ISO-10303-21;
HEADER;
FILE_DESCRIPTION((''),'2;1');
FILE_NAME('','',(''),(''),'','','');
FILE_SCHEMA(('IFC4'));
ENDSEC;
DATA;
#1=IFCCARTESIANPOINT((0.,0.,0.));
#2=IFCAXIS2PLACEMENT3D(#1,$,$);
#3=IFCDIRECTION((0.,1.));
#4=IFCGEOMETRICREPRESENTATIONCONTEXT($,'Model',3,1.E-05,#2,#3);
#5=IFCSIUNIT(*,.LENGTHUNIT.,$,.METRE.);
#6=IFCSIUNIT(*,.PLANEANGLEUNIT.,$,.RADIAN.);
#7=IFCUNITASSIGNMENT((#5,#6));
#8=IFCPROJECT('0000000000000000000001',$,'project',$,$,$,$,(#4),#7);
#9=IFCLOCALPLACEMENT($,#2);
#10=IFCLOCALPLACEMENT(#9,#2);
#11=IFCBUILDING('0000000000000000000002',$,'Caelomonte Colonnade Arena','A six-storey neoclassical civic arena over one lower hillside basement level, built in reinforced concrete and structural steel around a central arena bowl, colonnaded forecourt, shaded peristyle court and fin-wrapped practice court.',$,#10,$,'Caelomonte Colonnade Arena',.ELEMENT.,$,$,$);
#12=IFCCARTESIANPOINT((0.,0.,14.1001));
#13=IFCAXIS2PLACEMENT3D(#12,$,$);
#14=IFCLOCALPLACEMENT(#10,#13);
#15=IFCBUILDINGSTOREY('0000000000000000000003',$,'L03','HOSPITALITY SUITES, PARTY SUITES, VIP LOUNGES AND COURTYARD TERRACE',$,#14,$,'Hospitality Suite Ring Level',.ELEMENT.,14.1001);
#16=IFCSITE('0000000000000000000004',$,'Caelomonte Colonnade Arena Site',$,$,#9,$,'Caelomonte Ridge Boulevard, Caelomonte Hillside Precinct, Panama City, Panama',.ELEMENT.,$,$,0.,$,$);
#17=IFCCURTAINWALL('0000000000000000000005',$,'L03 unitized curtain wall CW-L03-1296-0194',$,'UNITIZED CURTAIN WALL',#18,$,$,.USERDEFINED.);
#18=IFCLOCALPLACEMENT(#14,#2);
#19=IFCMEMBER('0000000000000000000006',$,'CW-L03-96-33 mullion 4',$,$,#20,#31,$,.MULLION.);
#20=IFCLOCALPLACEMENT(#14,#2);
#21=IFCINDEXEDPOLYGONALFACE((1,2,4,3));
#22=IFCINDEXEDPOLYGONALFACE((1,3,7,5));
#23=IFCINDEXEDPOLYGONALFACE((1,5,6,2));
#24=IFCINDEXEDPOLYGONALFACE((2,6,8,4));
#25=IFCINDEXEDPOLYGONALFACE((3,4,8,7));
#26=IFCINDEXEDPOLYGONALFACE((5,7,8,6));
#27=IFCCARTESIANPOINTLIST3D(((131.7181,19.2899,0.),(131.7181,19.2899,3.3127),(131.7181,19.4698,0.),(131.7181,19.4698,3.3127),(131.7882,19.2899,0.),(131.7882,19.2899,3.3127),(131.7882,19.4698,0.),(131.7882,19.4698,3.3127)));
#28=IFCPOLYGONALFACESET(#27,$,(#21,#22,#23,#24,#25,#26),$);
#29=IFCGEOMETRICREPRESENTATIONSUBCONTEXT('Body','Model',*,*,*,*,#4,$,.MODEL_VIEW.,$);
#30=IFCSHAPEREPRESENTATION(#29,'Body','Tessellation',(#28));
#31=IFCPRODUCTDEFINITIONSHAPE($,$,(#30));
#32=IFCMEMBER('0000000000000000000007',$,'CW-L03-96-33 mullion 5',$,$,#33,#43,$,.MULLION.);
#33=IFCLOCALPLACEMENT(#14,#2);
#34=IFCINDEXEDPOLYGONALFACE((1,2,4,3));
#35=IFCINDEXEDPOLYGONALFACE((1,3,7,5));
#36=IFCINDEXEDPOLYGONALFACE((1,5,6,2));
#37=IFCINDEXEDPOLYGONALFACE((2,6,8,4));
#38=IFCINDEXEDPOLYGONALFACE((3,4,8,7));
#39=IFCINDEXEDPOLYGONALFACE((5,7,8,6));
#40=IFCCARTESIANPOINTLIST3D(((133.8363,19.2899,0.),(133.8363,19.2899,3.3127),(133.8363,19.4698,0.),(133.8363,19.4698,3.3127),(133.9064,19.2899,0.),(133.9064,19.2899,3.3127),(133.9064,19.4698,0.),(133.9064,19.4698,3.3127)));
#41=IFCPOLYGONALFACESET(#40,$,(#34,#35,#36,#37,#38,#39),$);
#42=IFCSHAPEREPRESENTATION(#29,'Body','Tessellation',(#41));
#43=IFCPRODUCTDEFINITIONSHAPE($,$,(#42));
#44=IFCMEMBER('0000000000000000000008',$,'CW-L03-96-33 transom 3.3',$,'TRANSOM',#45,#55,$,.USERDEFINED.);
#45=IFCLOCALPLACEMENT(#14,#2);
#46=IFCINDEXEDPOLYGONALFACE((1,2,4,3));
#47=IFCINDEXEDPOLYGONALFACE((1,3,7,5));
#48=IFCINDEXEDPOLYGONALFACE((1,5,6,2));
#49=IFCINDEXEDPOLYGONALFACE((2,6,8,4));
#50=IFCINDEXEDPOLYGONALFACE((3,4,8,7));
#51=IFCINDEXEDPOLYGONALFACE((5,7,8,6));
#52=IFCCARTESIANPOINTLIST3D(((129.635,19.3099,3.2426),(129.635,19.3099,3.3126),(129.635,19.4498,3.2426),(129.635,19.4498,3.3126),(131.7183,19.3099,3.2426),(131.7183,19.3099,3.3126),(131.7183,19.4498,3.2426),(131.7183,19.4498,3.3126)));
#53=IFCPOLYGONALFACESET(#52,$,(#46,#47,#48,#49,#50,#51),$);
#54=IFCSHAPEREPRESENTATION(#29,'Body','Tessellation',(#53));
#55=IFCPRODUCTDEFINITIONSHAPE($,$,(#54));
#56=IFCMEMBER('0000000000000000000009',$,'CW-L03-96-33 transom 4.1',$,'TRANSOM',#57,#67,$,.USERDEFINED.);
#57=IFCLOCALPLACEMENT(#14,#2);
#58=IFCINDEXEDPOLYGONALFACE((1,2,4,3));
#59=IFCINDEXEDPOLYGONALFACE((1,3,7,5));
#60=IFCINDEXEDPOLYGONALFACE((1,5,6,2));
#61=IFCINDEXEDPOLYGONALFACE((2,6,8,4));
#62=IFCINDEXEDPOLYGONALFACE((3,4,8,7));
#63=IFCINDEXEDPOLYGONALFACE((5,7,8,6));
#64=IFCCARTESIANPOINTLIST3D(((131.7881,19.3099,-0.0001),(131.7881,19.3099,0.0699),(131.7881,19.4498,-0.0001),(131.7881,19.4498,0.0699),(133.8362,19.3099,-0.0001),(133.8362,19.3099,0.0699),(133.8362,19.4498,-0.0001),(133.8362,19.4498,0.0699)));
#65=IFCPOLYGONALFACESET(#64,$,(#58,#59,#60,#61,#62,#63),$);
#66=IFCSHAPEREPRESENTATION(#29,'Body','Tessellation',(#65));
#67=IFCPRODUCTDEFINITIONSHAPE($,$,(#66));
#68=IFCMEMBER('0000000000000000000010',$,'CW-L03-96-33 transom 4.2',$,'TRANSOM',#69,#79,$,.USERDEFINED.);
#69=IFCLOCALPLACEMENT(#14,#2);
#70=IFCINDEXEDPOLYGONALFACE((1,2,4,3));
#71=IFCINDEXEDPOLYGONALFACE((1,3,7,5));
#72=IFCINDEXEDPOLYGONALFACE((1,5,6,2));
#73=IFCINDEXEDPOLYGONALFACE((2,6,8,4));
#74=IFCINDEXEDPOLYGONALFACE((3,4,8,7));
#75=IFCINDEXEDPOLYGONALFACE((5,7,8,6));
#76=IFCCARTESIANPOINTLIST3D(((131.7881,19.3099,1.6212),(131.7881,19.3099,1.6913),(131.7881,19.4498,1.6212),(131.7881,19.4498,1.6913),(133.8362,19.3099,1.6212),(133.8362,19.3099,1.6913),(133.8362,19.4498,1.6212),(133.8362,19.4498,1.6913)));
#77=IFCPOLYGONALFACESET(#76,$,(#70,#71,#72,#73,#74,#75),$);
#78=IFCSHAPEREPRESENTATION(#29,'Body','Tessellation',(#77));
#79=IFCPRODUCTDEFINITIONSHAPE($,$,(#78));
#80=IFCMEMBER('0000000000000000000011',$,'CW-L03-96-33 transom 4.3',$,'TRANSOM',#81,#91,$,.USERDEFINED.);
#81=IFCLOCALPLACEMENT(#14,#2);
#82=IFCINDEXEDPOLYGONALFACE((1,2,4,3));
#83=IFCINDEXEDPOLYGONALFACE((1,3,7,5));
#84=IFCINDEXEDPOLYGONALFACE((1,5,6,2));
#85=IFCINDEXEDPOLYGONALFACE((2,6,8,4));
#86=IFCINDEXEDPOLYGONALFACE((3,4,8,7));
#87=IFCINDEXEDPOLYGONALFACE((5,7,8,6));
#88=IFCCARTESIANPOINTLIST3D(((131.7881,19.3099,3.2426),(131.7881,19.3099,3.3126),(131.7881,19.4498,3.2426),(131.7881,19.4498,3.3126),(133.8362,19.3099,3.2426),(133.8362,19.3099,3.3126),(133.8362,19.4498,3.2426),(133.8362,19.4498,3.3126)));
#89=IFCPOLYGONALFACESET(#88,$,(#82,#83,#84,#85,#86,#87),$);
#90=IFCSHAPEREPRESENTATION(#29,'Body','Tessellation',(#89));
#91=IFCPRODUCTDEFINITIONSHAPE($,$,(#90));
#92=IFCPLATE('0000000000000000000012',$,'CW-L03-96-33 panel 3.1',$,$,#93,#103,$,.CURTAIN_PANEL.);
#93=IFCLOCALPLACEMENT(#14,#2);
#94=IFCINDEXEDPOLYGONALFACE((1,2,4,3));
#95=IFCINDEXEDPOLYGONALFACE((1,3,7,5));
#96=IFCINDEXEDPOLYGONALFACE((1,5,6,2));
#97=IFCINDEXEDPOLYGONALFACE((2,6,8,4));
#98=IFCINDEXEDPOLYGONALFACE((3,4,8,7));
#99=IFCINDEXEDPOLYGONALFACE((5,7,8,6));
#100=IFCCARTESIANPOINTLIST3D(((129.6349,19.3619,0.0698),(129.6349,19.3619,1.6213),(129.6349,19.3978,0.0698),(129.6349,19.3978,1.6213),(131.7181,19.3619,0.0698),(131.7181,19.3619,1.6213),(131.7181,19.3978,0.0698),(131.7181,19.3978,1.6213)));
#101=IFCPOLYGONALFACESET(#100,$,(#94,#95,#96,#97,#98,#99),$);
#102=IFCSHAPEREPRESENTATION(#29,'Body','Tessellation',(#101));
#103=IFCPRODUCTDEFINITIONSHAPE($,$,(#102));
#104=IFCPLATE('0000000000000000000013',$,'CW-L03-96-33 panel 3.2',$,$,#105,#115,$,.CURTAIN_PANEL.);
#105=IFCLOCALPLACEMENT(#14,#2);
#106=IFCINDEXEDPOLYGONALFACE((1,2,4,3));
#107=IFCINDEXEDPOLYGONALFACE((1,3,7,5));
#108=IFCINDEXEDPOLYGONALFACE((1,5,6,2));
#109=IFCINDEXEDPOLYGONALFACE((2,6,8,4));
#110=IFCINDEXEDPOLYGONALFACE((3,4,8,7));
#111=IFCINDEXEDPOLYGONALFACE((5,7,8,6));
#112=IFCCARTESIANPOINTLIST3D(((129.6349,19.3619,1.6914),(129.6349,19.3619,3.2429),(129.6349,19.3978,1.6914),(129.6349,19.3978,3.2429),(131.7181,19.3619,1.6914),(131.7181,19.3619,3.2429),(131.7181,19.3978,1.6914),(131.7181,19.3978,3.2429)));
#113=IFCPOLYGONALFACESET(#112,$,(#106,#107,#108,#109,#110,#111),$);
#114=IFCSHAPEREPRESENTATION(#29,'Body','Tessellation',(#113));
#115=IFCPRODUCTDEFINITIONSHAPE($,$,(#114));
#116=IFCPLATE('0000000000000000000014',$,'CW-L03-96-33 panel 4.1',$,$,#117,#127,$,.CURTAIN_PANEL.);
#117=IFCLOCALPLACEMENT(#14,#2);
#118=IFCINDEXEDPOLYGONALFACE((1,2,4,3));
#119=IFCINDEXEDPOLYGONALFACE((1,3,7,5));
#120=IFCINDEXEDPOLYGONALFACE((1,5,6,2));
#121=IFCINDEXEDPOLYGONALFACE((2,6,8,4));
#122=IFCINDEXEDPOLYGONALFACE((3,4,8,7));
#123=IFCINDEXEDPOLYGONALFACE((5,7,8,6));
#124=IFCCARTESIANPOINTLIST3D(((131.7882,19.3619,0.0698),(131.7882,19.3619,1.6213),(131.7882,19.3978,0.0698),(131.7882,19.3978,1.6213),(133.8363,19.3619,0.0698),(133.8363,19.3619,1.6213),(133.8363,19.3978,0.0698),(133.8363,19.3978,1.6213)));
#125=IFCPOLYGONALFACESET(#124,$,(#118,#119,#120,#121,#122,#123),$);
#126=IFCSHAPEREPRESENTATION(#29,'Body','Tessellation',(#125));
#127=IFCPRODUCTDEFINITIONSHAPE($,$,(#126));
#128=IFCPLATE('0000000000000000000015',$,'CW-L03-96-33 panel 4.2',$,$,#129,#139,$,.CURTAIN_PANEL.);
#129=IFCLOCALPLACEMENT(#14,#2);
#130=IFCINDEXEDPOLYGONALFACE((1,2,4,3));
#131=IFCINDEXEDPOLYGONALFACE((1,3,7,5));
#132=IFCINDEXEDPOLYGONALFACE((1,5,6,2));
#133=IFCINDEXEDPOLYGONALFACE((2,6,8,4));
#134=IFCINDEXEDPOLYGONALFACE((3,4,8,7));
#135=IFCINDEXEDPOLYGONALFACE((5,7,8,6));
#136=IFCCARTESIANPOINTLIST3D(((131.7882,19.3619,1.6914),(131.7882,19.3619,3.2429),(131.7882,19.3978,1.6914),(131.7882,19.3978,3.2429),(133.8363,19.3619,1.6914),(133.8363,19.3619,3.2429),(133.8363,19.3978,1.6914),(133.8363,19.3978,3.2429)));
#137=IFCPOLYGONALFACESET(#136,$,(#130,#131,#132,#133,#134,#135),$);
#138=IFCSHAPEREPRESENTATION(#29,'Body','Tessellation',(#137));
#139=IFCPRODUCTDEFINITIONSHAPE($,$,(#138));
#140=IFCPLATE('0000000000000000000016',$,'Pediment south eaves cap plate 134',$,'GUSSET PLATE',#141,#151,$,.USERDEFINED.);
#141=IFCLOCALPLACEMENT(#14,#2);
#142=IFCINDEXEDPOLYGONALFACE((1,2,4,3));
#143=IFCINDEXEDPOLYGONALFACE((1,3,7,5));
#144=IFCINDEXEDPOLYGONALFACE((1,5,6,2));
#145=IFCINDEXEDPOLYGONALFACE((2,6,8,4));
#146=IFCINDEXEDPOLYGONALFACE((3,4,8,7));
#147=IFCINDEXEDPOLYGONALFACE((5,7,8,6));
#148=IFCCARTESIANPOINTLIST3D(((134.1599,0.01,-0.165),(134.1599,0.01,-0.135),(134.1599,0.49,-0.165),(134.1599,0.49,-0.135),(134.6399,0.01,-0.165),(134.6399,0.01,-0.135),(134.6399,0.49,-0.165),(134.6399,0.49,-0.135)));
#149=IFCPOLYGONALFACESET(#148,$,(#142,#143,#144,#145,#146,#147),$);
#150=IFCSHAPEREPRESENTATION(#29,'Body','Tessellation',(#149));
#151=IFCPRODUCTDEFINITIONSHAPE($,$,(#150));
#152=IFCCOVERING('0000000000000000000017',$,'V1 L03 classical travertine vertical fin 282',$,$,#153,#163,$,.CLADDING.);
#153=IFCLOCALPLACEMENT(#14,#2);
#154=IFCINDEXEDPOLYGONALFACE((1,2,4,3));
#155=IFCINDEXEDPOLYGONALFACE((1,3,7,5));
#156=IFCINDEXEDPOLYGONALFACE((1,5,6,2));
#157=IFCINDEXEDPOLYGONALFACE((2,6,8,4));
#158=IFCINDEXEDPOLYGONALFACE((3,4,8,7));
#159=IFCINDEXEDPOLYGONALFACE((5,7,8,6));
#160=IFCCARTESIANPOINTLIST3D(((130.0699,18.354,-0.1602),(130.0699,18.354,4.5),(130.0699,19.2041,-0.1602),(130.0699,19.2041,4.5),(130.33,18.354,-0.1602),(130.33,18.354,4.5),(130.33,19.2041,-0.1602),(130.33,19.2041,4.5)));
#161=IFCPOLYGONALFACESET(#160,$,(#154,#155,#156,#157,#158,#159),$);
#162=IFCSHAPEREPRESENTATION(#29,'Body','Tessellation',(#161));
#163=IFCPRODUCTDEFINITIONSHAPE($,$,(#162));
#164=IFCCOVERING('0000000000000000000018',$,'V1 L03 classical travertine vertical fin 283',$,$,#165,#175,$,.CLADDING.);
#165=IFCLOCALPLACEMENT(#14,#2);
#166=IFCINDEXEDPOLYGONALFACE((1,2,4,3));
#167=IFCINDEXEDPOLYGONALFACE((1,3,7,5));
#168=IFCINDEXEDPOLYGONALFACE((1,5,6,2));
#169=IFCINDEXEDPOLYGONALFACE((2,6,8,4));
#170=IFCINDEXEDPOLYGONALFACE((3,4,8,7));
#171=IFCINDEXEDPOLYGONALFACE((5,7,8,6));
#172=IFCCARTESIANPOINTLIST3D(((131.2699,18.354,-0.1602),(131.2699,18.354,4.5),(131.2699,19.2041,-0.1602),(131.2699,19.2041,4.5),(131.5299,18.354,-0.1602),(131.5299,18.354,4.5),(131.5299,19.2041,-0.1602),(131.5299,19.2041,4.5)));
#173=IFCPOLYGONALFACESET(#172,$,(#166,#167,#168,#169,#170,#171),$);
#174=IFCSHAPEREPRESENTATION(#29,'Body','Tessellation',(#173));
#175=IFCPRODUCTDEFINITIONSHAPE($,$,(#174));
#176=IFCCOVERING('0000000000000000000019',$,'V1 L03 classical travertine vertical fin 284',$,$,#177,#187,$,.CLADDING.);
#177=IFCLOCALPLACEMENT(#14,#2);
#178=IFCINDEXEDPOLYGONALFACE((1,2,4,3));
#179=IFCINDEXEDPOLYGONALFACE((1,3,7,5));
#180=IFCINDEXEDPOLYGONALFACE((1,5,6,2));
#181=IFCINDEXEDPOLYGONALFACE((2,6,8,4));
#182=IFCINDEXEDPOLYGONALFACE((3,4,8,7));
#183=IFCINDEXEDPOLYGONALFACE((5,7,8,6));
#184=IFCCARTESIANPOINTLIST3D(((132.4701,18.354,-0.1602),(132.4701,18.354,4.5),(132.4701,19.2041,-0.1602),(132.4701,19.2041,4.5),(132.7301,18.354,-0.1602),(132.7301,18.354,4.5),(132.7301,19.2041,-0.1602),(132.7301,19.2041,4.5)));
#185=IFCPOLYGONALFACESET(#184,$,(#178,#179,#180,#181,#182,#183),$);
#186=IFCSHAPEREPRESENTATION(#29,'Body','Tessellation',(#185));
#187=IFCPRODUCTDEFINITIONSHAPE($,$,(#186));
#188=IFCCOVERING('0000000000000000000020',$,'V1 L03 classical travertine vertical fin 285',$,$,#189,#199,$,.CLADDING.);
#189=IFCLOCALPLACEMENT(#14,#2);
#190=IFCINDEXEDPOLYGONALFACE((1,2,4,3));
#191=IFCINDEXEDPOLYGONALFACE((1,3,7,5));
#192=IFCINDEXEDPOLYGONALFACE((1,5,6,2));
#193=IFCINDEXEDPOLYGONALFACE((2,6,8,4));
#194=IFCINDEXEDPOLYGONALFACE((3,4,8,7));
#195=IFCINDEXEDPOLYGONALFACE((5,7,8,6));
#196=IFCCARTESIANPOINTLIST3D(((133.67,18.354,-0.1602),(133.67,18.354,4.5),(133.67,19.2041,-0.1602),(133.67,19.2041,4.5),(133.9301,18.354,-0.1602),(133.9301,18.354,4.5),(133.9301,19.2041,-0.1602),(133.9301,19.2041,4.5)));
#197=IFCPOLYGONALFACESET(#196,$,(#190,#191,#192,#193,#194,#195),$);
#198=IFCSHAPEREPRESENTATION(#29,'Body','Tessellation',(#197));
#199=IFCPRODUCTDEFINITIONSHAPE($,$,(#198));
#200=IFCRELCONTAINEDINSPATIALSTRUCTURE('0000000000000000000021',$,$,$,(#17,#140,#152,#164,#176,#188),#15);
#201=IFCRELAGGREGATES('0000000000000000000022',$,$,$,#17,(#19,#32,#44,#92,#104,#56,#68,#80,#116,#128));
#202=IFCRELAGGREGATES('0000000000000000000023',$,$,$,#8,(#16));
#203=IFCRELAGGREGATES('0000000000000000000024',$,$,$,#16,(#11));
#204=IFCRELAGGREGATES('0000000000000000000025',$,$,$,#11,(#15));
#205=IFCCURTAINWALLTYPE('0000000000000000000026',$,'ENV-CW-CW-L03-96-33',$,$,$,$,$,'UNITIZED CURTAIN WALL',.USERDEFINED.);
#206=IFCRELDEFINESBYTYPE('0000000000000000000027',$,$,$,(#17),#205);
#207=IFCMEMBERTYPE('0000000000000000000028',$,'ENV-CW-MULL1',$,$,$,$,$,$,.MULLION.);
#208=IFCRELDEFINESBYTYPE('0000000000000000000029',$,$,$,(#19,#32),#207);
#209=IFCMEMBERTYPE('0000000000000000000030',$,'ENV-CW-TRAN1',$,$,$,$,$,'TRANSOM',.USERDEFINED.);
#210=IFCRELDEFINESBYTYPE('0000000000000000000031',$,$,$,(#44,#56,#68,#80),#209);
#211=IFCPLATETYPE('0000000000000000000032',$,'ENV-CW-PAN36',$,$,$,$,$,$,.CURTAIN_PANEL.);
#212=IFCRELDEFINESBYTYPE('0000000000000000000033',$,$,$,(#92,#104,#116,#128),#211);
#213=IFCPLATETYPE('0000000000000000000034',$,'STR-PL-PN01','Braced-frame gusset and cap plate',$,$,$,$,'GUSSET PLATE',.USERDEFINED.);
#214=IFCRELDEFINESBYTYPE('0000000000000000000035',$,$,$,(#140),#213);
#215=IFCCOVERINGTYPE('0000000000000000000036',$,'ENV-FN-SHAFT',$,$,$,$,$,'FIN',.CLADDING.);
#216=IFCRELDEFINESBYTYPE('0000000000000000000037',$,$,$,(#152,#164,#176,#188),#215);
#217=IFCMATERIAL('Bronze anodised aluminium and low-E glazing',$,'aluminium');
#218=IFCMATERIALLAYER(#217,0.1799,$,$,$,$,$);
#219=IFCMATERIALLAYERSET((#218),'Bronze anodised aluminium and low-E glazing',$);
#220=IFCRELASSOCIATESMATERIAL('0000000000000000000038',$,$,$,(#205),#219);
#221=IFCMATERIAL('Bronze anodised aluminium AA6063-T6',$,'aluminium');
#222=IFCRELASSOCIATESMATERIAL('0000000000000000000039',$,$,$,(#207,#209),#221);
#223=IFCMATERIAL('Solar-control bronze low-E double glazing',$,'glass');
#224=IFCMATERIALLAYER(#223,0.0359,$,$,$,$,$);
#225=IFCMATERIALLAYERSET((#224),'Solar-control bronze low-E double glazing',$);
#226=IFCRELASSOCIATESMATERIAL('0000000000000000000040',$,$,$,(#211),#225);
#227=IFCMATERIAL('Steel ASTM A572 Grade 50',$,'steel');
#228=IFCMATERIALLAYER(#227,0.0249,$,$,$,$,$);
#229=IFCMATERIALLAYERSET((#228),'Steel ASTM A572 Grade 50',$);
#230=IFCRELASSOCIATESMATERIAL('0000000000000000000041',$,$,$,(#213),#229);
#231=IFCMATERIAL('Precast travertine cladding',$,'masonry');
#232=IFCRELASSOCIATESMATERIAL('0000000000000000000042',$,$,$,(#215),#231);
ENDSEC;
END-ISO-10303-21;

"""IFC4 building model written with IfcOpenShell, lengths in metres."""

from ifc_helpers import new_model, si_unit, direction, frame, origin, origin_2d, place, context, subcontext, project, spatial, rectangle, extrude, material, layer, layer_set, material_profile, profile_set, type_object, element, aggregate, save


model = new_model("IFC4")

# Units and contexts
model_context = context("Model", 3, precision=1e-05, world=origin(), true_north=direction((0.0, 1.0)))
body_context = subcontext(model_context, "Body", "Model", "MODEL_VIEW")
ifc_project = project(units=[si_unit("LENGTHUNIT", "METRE"), si_unit("PLANEANGLEUNIT", "RADIAN")], contexts=[model_context])

# Site, building, storey
site_placement = place(None, origin())
site = spatial("IfcSite", under=ifc_project, at=site_placement, Name="Caelomonte Colonnade Arena Site", LongName="Caelomonte Ridge Boulevard, Caelomonte Hillside Precinct, Panama City, Panama", CompositionType="ELEMENT", RefElevation=0.0)
building_placement = place(site_placement, origin())
building = spatial("IfcBuilding", under=site, at=building_placement, Name="Caelomonte Colonnade Arena", Description="A six-storey neoclassical civic arena over one lower hillside basement level, built in reinforced concrete and structural steel around a central arena bowl, colonnaded forecourt, shaded peristyle court and fin-wrapped practice court.", LongName="Caelomonte Colonnade Arena", CompositionType="ELEMENT")
storey_placement = place(building_placement, frame((0.0, 0.0, 14.1001)))
storey = spatial("IfcBuildingStorey", under=building, at=storey_placement, Name="L03", Description="HOSPITALITY SUITES, PARTY SUITES, VIP LOUNGES AND COURTYARD TERRACE", LongName="Hospitality Suite Ring Level", CompositionType="ELEMENT", Elevation=14.1001)

# Curtain wall, members, plates
ifc_material_1 = material(Name="Bronze anodised aluminium and low-E glazing", Category="aluminium")
ifc_layer_1 = layer(ifc_material_1, 0.1799)
ifc_layer_set_1 = layer_set([ifc_layer_1], Name="Bronze anodised aluminium and low-E glazing")
curtain_wall_type = type_object("IfcCurtainWallType", Name="ENV-CW-CW-L03-96-33", ElementType="UNITIZED CURTAIN WALL", PredefinedType="USERDEFINED", material=ifc_layer_set_1)
curtain_wall_placement = place(storey_placement, origin())
curtain_wall = element("IfcCurtainWall", 1, at=curtain_wall_placement, inside=storey, type_object=curtain_wall_type, Name="L03 unitized curtain wall CW-L03-1296-0194", ObjectType="UNITIZED CURTAIN WALL", PredefinedType="USERDEFINED")
ifc_material_2 = material(Name="Bronze anodised aluminium AA6063-T6", Category="aluminium")
ifc_material_profile_1 = material_profile(ifc_material_2, rectangle(XDim=0.0701, YDim=0.1799, at=origin_2d()), Name="CWM-70X180")
ifc_profile_set_1 = profile_set([ifc_material_profile_1], Name="Bronze anodised aluminium AA6063-T6")
member_type_1 = type_object("IfcMemberType", Name="ENV-CW-MULL1", PredefinedType="MULLION", material=ifc_profile_set_1)
member_1_placement = place(storey_placement, frame((131.7532, 19.3799, 0.0), z_axis=(0.0, 0.0, 1.0), x_axis=(1.0, 0.0, 0.0)))
member_1 = element("IfcMember", 2, at=member_1_placement, type_object=member_type_1, Name="CW-L03-96-33 mullion 4", PredefinedType="MULLION", context=body_context, shape_type="SweptSolid", body=[
    extrude(rectangle(XDim=0.0701, YDim=0.1799, at=origin_2d()), origin(), (0.0, 0.0, 1.0), 3.3127),
])
member_2_placement = place(storey_placement, frame((133.8713, 19.3799, 0.0), z_axis=(0.0, 0.0, 1.0), x_axis=(1.0, 0.0, 0.0)))
member_2 = element("IfcMember", 3, at=member_2_placement, type_object=member_type_1, Name="CW-L03-96-33 mullion 5", PredefinedType="MULLION", context=body_context, shape_type="SweptSolid", body=[
    extrude(rectangle(XDim=0.0701, YDim=0.1799, at=origin_2d()), origin(), (0.0, 0.0, 1.0), 3.3127),
])
ifc_material_profile_2 = material_profile(ifc_material_2, rectangle(XDim=0.0701, YDim=0.1399, at=origin_2d()), Name="CWT-70X140")
ifc_profile_set_2 = profile_set([ifc_material_profile_2], Name="Bronze anodised aluminium AA6063-T6")
member_type_2 = type_object("IfcMemberType", Name="ENV-CW-TRAN1", ElementType="TRANSOM", PredefinedType="USERDEFINED", material=ifc_profile_set_2)
member_3_placement = place(storey_placement, frame((129.635, 19.3799, 3.2776), z_axis=(1.0, 0.0, 0.0), x_axis=(0.0, 0.0, 1.0)))
member_3 = element("IfcMember", 4, at=member_3_placement, type_object=member_type_2, Name="CW-L03-96-33 transom 3.3", ObjectType="TRANSOM", PredefinedType="USERDEFINED", context=body_context, shape_type="SweptSolid", body=[
    extrude(rectangle(XDim=0.0701, YDim=0.1399, at=origin_2d()), origin(), (0.0, 0.0, 1.0), 2.0833),
])
member_4_placement = place(storey_placement, frame((131.7881, 19.3799, 0.0349), z_axis=(1.0, 0.0, 0.0), x_axis=(0.0, 0.0, 1.0)))
member_4 = element("IfcMember", 5, at=member_4_placement, type_object=member_type_2, Name="CW-L03-96-33 transom 4.1", ObjectType="TRANSOM", PredefinedType="USERDEFINED", context=body_context, shape_type="SweptSolid", body=[
    extrude(rectangle(XDim=0.0701, YDim=0.1399, at=origin_2d()), origin(), (0.0, 0.0, 1.0), 2.0481),
])
member_5_placement = place(storey_placement, frame((131.7881, 19.3799, 1.6562), z_axis=(1.0, 0.0, 0.0), x_axis=(0.0, 0.0, 1.0)))
member_5 = element("IfcMember", 6, at=member_5_placement, type_object=member_type_2, Name="CW-L03-96-33 transom 4.2", ObjectType="TRANSOM", PredefinedType="USERDEFINED", context=body_context, shape_type="SweptSolid", body=[
    extrude(rectangle(XDim=0.0701, YDim=0.1399, at=origin_2d()), origin(), (0.0, 0.0, 1.0), 2.0481),
])
member_6_placement = place(storey_placement, frame((131.7881, 19.3799, 3.2776), z_axis=(1.0, 0.0, 0.0), x_axis=(0.0, 0.0, 1.0)))
member_6 = element("IfcMember", 7, at=member_6_placement, type_object=member_type_2, Name="CW-L03-96-33 transom 4.3", ObjectType="TRANSOM", PredefinedType="USERDEFINED", context=body_context, shape_type="SweptSolid", body=[
    extrude(rectangle(XDim=0.0701, YDim=0.1399, at=origin_2d()), origin(), (0.0, 0.0, 1.0), 2.0481),
])
ifc_material_3 = material(Name="Solar-control bronze low-E double glazing", Category="glass")
ifc_layer_2 = layer(ifc_material_3, 0.0359)
ifc_layer_set_2 = layer_set([ifc_layer_2], Name="Solar-control bronze low-E double glazing")
plate_type_1 = type_object("IfcPlateType", Name="ENV-CW-PAN36", PredefinedType="CURTAIN_PANEL", material=ifc_layer_set_2)
plate_1_placement = place(storey_placement, frame((130.6765, 19.3799, 0.0698), z_axis=(0.0, 0.0, 1.0), x_axis=(1.0, 0.0, 0.0)))
plate_1 = element("IfcPlate", 8, at=plate_1_placement, type_object=plate_type_1, Name="CW-L03-96-33 panel 3.1", PredefinedType="CURTAIN_PANEL", context=body_context, shape_type="SweptSolid", body=[
    extrude(rectangle(XDim=2.0833, YDim=0.0359, at=origin_2d()), origin(), (0.0, 0.0, 1.0), 1.5515),
])
plate_2_placement = place(storey_placement, frame((130.6765, 19.3799, 1.6914), z_axis=(0.0, 0.0, 1.0), x_axis=(1.0, 0.0, 0.0)))
plate_2 = element("IfcPlate", 9, at=plate_2_placement, type_object=plate_type_1, Name="CW-L03-96-33 panel 3.2", PredefinedType="CURTAIN_PANEL", context=body_context, shape_type="SweptSolid", body=[
    extrude(rectangle(XDim=2.0833, YDim=0.0359, at=origin_2d()), origin(), (0.0, 0.0, 1.0), 1.5515),
])
plate_3_placement = place(storey_placement, frame((132.8123, 19.3799, 0.0698), z_axis=(0.0, 0.0, 1.0), x_axis=(1.0, 0.0, 0.0)))
plate_3 = element("IfcPlate", 10, at=plate_3_placement, type_object=plate_type_1, Name="CW-L03-96-33 panel 4.1", PredefinedType="CURTAIN_PANEL", context=body_context, shape_type="SweptSolid", body=[
    extrude(rectangle(XDim=2.0481, YDim=0.0359, at=origin_2d()), origin(), (0.0, 0.0, 1.0), 1.5515),
])
plate_4_placement = place(storey_placement, frame((132.8123, 19.3799, 1.6914), z_axis=(0.0, 0.0, 1.0), x_axis=(1.0, 0.0, 0.0)))
plate_4 = element("IfcPlate", 11, at=plate_4_placement, type_object=plate_type_1, Name="CW-L03-96-33 panel 4.2", PredefinedType="CURTAIN_PANEL", context=body_context, shape_type="SweptSolid", body=[
    extrude(rectangle(XDim=2.0481, YDim=0.0359, at=origin_2d()), origin(), (0.0, 0.0, 1.0), 1.5515),
])
aggregate(curtain_wall, [member_1, member_2, member_3, plate_1, plate_2, member_4, member_5, member_6, plate_3, plate_4])

# Plate
ifc_material_4 = material(Name="Steel ASTM A572 Grade 50", Category="steel")
ifc_layer_3 = layer(ifc_material_4, 0.0249)
ifc_layer_set_3 = layer_set([ifc_layer_3], Name="Steel ASTM A572 Grade 50")
plate_type_2 = type_object("IfcPlateType", Name="STR-PL-PN01", Description="Braced-frame gusset and cap plate", ElementType="GUSSET PLATE", PredefinedType="USERDEFINED", material=ifc_layer_set_3)
plate_5_placement = place(storey_placement, frame((134.3999, 0.25, -0.165), z_axis=(0.0, 0.0, 1.0), x_axis=(1.0, 0.0, 0.0)))
element("IfcPlate", 12, at=plate_5_placement, inside=storey, type_object=plate_type_2, Name="Pediment south eaves cap plate 134", ObjectType="GUSSET PLATE", PredefinedType="USERDEFINED", context=body_context, shape_type="SweptSolid", body=[
    extrude(rectangle(XDim=0.48, YDim=0.48, at=origin_2d()), origin(), (0.0, 0.0, 1.0), 0.03),
])

# Coverings
ifc_material_5 = material(Name="Precast travertine cladding", Category="masonry")
ifc_material_profile_3 = material_profile(ifc_material_5, rectangle(XDim=0.26, YDim=0.8501, at=origin_2d()), Name="FIN260X850")
ifc_profile_set_3 = profile_set([ifc_material_profile_3], Name="Precast travertine cladding")
covering_type = type_object("IfcCoveringType", Name="ENV-FN-SHAFT", ElementType="FIN", PredefinedType="CLADDING", material=ifc_profile_set_3)
for number, where, z_axis, x_axis, name in (
    (13, (130.2, 18.7791, -0.1602), (0.0, 0.0, 1.0), (-1.0, 0.0, 0.0), "V1 L03 classical travertine vertical fin 282"),
    (14, (131.3999, 18.7791, -0.1602), (0.0, 0.0, 1.0), (-1.0, 0.0, 0.0), "V1 L03 classical travertine vertical fin 283"),
    (15, (132.6001, 18.7791, -0.1602), (0.0, 0.0, 1.0), (-1.0, 0.0, 0.0), "V1 L03 classical travertine vertical fin 284"),
    (16, (133.8, 18.7791, -0.1602), (0.0, 0.0, 1.0), (-1.0, 0.0, 0.0), "V1 L03 classical travertine vertical fin 285"),
):
    element("IfcCovering", number, at=place(storey_placement, frame(where, z_axis=z_axis, x_axis=x_axis)), inside=storey, type_object=covering_type, Name=name, PredefinedType="CLADDING", context=body_context, shape_type="SweptSolid", body=[
        extrude(rectangle(XDim=0.26, YDim=0.8501, at=origin_2d()), origin(), (0.0, 0.0, 1.0), 4.6602),
    ])

save(model, "model.ifc")
